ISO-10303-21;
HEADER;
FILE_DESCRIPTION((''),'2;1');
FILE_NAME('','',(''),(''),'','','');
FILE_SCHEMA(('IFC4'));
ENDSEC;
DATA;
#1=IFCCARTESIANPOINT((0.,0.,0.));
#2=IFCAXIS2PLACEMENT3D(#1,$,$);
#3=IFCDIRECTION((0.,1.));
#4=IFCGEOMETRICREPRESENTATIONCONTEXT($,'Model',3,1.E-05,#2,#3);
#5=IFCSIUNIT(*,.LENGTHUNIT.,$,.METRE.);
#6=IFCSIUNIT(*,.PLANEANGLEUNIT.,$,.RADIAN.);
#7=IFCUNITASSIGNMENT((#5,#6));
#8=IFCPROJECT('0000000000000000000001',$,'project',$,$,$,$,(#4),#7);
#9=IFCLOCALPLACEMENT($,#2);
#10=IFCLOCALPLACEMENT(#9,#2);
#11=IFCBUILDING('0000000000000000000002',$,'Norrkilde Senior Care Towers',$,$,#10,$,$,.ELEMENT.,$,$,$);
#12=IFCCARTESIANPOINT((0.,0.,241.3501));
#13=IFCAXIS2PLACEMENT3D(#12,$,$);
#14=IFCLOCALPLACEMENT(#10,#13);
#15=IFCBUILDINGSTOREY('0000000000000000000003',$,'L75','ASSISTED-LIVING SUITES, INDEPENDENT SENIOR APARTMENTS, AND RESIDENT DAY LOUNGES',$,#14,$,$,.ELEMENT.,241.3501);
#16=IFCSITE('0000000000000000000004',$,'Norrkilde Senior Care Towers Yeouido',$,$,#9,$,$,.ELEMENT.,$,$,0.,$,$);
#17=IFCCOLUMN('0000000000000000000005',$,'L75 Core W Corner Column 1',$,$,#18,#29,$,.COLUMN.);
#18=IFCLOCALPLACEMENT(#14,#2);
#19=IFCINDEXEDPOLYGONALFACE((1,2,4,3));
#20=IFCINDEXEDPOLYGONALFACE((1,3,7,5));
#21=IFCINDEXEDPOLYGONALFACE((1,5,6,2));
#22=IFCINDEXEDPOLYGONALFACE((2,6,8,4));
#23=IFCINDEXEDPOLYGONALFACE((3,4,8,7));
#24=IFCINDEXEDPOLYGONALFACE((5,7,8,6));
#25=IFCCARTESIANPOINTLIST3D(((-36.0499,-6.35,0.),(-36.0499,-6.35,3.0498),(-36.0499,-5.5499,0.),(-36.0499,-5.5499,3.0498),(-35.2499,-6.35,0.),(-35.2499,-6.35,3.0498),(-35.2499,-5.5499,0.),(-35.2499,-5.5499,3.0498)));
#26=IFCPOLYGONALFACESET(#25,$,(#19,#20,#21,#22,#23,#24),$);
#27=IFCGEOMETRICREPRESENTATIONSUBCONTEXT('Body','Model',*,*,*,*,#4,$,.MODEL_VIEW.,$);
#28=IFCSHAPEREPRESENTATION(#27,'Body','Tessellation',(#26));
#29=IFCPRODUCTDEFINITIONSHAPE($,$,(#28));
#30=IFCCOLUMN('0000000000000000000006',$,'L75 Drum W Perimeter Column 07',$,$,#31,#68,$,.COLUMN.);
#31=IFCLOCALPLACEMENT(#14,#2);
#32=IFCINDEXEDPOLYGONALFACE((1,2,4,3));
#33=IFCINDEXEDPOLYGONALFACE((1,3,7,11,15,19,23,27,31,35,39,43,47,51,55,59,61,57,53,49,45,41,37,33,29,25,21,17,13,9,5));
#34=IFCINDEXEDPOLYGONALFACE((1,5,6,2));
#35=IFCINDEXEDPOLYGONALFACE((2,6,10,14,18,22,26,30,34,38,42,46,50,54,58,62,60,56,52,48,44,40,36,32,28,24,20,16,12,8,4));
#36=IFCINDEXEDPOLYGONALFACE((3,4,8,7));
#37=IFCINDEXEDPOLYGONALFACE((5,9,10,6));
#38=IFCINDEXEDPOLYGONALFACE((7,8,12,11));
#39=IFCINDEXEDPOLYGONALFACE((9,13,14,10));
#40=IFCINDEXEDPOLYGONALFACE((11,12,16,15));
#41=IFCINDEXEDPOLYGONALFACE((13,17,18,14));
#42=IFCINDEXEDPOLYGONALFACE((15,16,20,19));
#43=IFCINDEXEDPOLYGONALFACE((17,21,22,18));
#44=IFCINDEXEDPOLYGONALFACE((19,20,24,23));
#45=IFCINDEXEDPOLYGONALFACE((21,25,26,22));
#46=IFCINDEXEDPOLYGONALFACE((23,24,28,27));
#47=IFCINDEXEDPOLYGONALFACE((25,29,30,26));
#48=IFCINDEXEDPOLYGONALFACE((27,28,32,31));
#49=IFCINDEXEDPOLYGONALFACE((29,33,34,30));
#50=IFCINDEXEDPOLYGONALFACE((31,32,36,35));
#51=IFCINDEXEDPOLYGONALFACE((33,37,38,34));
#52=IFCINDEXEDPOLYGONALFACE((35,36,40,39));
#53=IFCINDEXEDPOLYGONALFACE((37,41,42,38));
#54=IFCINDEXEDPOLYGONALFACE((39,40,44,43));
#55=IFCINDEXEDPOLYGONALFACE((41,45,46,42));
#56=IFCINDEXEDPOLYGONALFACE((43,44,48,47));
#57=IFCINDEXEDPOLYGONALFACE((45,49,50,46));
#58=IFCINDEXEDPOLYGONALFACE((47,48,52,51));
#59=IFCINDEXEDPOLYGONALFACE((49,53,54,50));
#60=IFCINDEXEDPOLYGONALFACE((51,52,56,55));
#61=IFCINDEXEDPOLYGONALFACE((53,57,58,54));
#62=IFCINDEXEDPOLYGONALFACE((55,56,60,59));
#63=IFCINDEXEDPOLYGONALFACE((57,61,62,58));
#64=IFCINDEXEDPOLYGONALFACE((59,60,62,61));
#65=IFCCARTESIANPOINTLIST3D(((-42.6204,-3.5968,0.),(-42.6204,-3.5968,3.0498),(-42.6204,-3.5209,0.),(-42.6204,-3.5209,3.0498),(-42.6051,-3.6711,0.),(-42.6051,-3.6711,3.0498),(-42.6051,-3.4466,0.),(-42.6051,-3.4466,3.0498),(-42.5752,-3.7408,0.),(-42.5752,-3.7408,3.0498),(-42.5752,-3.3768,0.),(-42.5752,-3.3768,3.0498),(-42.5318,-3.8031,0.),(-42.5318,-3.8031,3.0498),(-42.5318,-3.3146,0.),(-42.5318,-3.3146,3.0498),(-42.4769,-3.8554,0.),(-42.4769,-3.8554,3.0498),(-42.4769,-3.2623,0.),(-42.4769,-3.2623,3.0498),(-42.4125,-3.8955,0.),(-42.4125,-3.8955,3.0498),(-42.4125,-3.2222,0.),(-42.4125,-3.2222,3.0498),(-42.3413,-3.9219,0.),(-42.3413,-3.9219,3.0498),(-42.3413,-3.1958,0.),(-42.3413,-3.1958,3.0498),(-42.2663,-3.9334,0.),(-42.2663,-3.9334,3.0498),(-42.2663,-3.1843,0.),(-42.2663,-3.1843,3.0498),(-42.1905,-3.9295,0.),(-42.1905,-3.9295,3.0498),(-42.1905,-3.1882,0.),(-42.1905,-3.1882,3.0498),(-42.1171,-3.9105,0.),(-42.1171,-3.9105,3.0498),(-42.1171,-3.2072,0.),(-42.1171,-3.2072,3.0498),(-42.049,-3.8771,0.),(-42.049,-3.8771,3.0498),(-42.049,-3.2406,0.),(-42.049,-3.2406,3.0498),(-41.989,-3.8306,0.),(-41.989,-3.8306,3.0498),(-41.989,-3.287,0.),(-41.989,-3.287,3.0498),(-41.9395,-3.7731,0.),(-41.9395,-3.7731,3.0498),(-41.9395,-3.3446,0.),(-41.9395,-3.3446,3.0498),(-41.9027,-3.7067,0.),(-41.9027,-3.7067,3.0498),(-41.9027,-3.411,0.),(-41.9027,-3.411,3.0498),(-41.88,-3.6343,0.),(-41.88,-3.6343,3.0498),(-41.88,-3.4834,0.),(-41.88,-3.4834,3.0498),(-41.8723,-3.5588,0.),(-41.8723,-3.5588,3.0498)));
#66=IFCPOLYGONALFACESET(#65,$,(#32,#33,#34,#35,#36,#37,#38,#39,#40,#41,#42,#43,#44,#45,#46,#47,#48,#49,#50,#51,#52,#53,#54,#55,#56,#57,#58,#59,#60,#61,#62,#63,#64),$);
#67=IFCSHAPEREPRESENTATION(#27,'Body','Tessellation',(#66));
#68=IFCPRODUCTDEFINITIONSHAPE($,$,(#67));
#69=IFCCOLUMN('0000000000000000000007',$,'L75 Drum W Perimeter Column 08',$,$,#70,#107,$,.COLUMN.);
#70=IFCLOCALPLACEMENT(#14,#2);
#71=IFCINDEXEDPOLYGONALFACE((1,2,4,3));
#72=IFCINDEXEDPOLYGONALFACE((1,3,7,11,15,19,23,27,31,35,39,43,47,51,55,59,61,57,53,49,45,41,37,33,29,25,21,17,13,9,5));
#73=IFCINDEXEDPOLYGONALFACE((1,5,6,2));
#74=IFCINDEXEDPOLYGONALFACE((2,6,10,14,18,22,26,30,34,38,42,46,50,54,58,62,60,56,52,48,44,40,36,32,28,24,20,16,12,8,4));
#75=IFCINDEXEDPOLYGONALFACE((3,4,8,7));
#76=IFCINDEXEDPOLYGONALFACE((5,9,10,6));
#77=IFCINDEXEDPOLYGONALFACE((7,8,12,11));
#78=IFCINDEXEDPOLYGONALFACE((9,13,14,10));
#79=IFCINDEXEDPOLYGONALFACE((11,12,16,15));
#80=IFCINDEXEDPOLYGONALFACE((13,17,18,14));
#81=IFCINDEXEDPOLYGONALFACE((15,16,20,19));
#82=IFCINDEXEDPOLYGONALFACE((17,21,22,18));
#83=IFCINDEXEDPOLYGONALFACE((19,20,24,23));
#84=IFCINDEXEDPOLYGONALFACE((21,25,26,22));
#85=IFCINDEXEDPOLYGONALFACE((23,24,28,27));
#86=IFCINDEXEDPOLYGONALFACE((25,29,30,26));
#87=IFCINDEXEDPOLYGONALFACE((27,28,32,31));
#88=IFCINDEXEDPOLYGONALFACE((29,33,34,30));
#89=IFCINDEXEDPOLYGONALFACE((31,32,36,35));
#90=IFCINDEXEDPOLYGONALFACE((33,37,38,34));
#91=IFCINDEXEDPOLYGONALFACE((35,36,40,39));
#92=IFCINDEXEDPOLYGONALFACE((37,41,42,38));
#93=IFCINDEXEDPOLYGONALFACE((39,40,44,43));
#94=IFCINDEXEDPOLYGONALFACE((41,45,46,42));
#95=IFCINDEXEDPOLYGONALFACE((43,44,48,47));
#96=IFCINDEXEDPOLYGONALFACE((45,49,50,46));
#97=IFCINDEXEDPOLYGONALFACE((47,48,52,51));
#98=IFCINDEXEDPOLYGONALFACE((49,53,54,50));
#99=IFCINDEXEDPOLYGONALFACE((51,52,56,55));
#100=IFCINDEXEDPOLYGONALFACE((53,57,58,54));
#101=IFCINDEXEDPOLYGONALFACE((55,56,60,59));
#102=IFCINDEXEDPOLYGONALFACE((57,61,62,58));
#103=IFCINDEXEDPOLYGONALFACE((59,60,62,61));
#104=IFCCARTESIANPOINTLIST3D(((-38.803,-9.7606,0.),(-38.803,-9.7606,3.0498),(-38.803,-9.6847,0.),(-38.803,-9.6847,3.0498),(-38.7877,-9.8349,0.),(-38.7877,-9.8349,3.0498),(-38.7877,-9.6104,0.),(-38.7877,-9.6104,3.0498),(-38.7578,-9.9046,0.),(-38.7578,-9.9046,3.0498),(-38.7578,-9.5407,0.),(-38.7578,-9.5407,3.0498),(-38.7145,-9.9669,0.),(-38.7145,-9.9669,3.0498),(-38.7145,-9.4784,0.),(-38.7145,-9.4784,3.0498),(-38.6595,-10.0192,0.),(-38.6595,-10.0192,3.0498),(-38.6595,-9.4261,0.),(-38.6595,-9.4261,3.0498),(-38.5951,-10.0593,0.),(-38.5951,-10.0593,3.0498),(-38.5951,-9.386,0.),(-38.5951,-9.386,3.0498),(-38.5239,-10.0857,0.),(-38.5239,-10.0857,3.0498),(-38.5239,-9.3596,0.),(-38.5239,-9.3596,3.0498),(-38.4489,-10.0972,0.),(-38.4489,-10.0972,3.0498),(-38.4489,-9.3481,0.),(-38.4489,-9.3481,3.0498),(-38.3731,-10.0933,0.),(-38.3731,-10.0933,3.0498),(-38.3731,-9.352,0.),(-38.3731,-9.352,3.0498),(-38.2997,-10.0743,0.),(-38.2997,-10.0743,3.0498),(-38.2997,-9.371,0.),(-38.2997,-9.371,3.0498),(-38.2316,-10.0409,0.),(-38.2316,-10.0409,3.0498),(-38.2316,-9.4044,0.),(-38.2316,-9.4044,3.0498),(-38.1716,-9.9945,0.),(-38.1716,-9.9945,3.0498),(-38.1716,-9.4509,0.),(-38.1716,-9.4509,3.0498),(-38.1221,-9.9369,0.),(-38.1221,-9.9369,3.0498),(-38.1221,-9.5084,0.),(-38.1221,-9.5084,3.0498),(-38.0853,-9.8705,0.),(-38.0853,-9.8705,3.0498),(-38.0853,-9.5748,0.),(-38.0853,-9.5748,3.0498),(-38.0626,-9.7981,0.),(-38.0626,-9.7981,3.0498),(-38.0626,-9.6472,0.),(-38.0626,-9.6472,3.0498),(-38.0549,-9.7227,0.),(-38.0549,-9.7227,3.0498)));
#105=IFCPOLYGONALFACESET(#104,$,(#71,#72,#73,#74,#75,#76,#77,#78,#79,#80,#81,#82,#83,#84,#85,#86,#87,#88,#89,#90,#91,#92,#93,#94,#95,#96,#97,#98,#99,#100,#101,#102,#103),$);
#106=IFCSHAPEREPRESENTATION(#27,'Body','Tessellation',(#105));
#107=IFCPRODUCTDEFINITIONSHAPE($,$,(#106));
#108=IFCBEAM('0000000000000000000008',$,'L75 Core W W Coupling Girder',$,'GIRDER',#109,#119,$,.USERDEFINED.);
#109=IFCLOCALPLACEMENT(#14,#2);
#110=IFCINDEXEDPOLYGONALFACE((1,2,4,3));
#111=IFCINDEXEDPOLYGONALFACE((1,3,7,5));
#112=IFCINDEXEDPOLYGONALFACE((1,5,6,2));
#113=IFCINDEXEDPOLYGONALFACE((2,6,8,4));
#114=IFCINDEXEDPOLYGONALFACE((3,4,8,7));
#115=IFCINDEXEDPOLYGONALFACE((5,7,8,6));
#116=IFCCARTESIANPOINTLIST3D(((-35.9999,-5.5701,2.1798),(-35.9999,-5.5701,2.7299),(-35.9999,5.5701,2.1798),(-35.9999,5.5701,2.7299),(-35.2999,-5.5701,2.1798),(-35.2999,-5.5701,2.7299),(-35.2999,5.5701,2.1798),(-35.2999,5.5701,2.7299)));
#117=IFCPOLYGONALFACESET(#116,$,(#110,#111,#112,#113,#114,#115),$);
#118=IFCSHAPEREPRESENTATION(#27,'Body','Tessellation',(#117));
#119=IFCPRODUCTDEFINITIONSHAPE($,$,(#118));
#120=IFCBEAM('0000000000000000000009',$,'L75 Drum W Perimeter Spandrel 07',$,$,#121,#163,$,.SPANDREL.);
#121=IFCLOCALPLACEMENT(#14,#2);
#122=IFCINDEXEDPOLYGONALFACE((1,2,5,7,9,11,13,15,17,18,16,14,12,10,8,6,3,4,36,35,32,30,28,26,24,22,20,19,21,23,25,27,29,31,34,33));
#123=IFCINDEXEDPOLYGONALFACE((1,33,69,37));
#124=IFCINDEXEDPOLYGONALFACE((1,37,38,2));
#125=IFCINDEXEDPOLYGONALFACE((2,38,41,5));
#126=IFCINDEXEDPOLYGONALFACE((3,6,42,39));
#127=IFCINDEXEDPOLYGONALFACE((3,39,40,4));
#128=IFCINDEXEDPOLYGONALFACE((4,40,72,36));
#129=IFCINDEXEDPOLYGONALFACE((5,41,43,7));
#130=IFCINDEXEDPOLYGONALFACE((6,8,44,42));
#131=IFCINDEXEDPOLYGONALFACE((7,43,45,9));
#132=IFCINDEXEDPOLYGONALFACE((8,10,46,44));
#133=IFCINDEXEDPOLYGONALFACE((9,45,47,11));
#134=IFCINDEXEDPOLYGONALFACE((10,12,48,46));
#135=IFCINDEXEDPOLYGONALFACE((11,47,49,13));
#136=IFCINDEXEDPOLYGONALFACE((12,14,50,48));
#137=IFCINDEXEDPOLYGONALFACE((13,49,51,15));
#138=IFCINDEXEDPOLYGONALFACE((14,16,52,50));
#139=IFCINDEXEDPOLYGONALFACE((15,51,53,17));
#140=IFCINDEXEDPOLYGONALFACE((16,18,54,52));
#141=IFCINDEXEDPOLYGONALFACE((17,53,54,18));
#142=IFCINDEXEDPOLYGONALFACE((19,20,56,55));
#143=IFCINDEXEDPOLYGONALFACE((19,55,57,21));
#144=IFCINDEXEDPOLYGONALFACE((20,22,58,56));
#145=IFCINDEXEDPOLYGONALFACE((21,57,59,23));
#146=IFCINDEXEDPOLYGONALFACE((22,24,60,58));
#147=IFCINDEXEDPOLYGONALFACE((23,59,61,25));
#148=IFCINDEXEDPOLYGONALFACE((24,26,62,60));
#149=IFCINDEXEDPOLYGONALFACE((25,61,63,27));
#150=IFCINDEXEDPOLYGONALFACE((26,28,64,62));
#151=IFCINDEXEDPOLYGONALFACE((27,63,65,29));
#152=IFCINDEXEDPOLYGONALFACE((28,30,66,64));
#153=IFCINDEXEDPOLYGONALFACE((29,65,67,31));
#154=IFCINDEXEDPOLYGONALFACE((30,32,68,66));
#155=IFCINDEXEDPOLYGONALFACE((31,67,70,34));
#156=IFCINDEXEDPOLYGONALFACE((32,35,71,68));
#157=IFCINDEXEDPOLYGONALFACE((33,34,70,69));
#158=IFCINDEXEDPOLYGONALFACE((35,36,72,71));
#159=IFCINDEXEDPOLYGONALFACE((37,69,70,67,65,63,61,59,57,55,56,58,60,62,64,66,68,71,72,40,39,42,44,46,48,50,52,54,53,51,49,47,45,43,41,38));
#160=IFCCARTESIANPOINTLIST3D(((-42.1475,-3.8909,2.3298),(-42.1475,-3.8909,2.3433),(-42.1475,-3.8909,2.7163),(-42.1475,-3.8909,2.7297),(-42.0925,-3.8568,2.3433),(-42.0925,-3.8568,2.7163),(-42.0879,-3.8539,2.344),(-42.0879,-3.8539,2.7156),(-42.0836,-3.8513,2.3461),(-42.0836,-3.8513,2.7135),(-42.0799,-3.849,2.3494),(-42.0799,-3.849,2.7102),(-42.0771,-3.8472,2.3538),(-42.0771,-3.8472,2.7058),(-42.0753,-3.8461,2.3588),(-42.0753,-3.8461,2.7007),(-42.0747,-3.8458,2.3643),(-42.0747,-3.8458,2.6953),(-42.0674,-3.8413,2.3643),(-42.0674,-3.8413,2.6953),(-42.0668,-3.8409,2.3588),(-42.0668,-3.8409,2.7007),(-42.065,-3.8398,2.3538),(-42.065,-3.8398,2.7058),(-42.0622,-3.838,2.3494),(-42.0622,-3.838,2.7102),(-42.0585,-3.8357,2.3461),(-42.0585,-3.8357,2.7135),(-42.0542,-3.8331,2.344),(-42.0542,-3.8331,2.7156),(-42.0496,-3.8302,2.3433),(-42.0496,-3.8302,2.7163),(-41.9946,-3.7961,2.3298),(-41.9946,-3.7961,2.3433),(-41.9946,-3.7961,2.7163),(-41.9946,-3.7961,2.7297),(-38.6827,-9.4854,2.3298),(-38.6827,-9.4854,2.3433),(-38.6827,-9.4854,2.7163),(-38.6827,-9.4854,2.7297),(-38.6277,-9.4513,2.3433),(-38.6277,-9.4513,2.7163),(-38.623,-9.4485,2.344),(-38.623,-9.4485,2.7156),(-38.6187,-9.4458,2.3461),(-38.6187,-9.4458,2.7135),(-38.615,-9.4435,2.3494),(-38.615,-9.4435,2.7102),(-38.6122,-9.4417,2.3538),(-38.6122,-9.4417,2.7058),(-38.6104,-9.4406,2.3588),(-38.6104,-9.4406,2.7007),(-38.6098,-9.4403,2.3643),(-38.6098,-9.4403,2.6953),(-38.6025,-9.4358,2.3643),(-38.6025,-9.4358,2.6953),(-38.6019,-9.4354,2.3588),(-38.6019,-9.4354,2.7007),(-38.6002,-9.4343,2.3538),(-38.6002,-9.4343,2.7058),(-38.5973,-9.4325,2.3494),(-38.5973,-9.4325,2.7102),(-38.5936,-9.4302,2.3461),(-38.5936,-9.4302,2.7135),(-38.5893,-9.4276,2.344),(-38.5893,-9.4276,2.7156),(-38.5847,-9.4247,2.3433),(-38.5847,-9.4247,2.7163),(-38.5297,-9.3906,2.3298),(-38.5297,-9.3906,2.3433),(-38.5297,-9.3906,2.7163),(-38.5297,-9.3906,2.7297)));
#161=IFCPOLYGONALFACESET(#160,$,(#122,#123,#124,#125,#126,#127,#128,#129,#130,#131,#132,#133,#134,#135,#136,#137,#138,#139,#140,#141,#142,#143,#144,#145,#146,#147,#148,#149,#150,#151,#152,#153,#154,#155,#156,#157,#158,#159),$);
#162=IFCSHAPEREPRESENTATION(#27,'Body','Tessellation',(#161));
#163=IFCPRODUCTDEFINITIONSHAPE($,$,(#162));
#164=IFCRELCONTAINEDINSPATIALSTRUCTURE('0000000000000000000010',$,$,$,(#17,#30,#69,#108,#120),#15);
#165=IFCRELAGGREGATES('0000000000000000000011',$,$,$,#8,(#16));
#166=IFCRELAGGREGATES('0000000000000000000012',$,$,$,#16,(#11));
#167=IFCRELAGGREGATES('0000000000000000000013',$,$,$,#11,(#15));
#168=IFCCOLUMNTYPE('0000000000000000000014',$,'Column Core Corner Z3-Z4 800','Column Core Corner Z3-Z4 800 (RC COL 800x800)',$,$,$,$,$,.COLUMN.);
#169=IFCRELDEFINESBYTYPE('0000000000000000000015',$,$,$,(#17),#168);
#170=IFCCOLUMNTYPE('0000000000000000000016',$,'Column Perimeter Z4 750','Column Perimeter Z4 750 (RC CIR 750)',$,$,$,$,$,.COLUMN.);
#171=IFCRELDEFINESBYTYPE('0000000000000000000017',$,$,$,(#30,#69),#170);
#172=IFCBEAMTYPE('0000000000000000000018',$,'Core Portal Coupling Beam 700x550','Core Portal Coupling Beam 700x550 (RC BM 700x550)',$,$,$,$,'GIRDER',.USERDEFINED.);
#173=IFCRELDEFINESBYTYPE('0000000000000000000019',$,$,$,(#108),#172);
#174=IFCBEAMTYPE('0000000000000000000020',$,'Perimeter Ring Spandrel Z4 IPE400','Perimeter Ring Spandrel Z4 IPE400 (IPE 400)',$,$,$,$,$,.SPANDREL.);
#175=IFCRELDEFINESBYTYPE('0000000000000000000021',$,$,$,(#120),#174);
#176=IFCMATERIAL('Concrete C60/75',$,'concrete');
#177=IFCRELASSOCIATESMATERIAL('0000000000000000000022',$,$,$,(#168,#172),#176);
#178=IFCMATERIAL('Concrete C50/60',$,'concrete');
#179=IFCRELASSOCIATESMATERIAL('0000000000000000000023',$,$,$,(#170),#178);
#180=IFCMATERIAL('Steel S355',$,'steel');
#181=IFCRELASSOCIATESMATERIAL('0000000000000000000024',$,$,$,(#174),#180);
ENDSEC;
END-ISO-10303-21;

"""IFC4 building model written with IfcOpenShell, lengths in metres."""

from ifc_helpers import new_model, si_unit, direction, frame, origin, origin_2d, place, context, subcontext, project, spatial, rectangle, circle, i_section, extrude, source, transform, mapped, material, material_profile, profile_set, type_object, type_shapes, element, save


model = new_model("IFC4")

# Units and contexts
model_context = context("Model", 3, precision=1e-05, world=origin(), true_north=direction((0.0, 1.0)))
body_context = subcontext(model_context, "Body", "Model", "MODEL_VIEW")
ifc_project = project(units=[si_unit("LENGTHUNIT", "METRE"), si_unit("PLANEANGLEUNIT", "RADIAN")], contexts=[model_context])

# Site, building, storey
site_placement = place(None, origin())
site = spatial("IfcSite", under=ifc_project, at=site_placement, Name="Norrkilde Senior Care Towers Yeouido", CompositionType="ELEMENT", RefElevation=0.0)
building_placement = place(site_placement, origin())
building = spatial("IfcBuilding", under=site, at=building_placement, Name="Norrkilde Senior Care Towers", CompositionType="ELEMENT")
storey_placement = place(building_placement, frame((0.0, 0.0, 241.3501)))
storey = spatial("IfcBuildingStorey", under=building, at=storey_placement, Name="L75", Description="ASSISTED-LIVING SUITES, INDEPENDENT SENIOR APARTMENTS, AND RESIDENT DAY LOUNGES", CompositionType="ELEMENT", Elevation=241.3501)

# Columns
ifc_material_1 = material(Name="Concrete C60/75", Category="concrete")
ifc_material_profile_1 = material_profile(ifc_material_1, rectangle(XDim=0.8, YDim=0.8, at=origin_2d()), Name="RC COL 800x800")
ifc_profile_set_1 = profile_set([ifc_material_profile_1], Name="Concrete C60/75")
column_type_1 = type_object("IfcColumnType", Name="Column Core Corner Z3-Z4 800", Description="Column Core Corner Z3-Z4 800 (RC COL 800x800)", PredefinedType="COLUMN", material=ifc_profile_set_1)
shared_shape_1 = source(origin(), body_context, "Body", "SweptSolid", [
    extrude(rectangle(XDim=0.8, YDim=0.8, at=origin_2d()), origin(), (0.0, 0.0, 1.0), 3.0498),
])
type_shapes(column_type_1, [shared_shape_1])
column_placement = place(storey_placement, frame((-35.6499, -5.95, 0.0), z_axis=(0.0, 0.0, 1.0), x_axis=(1.0, 0.0, 0.0)))
element("IfcColumn", 1, at=column_placement, inside=storey, type_object=column_type_1, Name="L75 Core W Corner Column 1", PredefinedType="COLUMN", context=body_context, shape_type="MappedRepresentation", body=[
    mapped(shared_shape_1, transform((0.0, 0.0, 0.0), x_axis=(1.0, 0.0, 0.0), y_axis=(0.0, 1.0, 0.0), z_axis=(0.0, 0.0, 1.0), scale=1.0)),
])
ifc_material_2 = material(Name="Concrete C50/60", Category="concrete")
ifc_material_profile_2 = material_profile(ifc_material_2, circle(Radius=0.375, at=origin_2d()), Name="RC CIR 750")
ifc_profile_set_2 = profile_set([ifc_material_profile_2], Name="Concrete C50/60")
column_type_2 = type_object("IfcColumnType", Name="Column Perimeter Z4 750", Description="Column Perimeter Z4 750 (RC CIR 750)", PredefinedType="COLUMN", material=ifc_profile_set_2)
shared_shape_2 = source(origin(), body_context, "Body", "SweptSolid", [
    extrude(circle(Radius=0.375, at=origin_2d()), origin(), (0.0, 0.0, 1.0), 3.0498),
])
type_shapes(column_type_2, [shared_shape_2])
for number, where, z_axis, x_axis, name in (
    (2, (-42.2473, -3.5588, 0.0), (0.0, 0.0, 1.0), (1.0, 0.0, 0.0), "L75 Drum W Perimeter Column 07"),
    (3, (-38.4299, -9.7227, 0.0), (0.0, 0.0, 1.0), (1.0, 0.0, 0.0), "L75 Drum W Perimeter Column 08"),
):
    element("IfcColumn", number, at=place(storey_placement, frame(where, z_axis=z_axis, x_axis=x_axis)), inside=storey, type_object=column_type_2, Name=name, PredefinedType="COLUMN", context=body_context, shape_type="MappedRepresentation", body=[
        mapped(shared_shape_2, transform((0.0, 0.0, 0.0), x_axis=(1.0, 0.0, 0.0), y_axis=(0.0, 1.0, 0.0), z_axis=(0.0, 0.0, 1.0), scale=1.0)),
    ])

# Beams
ifc_material_profile_3 = material_profile(ifc_material_1, rectangle(XDim=0.7, YDim=0.55, at=origin_2d()), Name="RC BM 700x550")
ifc_profile_set_3 = profile_set([ifc_material_profile_3], Name="Concrete C60/75")
beam_type_1 = type_object("IfcBeamType", Name="Core Portal Coupling Beam 700x550", Description="Core Portal Coupling Beam 700x550 (RC BM 700x550)", ElementType="GIRDER", PredefinedType="USERDEFINED", material=ifc_profile_set_3)
shared_shape_3 = source(origin(), body_context, "Body", "SweptSolid", [
    extrude(rectangle(XDim=0.7, YDim=0.55, at=origin_2d()), origin(), (0.0, 0.0, 1.0), 11.1401),
])
type_shapes(beam_type_1, [shared_shape_3])
beam_1_placement = place(storey_placement, frame((-35.6499, -5.5701, 2.4548), z_axis=(0.0, 1.0, 0.0), x_axis=(-1.0, 0.0, 0.0)))
element("IfcBeam", 4, at=beam_1_placement, inside=storey, type_object=beam_type_1, Name="L75 Core W W Coupling Girder", ObjectType="GIRDER", PredefinedType="USERDEFINED", context=body_context, shape_type="MappedRepresentation", body=[
    mapped(shared_shape_3, transform((0.0, 0.0, 0.0), x_axis=(1.0, 0.0, 0.0), y_axis=(0.0, 1.0, 0.0), z_axis=(0.0, 0.0, 1.0), scale=1.0)),
])
ifc_material_3 = material(Name="Steel S355", Category="steel")
ifc_material_profile_4 = material_profile(ifc_material_3, i_section(OverallWidth=0.1799, OverallDepth=0.3999, WebThickness=0.0085, FlangeThickness=0.0134, FilletRadius=0.021, at=origin_2d()), Name="IPE 400")
ifc_profile_set_4 = profile_set([ifc_material_profile_4], Name="Steel S355")
beam_type_2 = type_object("IfcBeamType", Name="Perimeter Ring Spandrel Z4 IPE400", Description="Perimeter Ring Spandrel Z4 IPE400 (IPE 400)", PredefinedType="SPANDREL", material=ifc_profile_set_4)
shared_shape_4 = source(origin(), body_context, "Body", "SweptSolid", [
    extrude(i_section(OverallWidth=0.1799, OverallDepth=0.3999, WebThickness=0.0085, FlangeThickness=0.0134, FilletRadius=0.021, at=origin_2d()), origin(), (0.0, 0.0, 1.0), 6.5806),
])
beam_2_placement = place(storey_placement, frame((-42.071, -3.8435, 2.5298), z_axis=(0.52653, -0.850157, 0.0), x_axis=(0.850157, 0.52653, 0.0)))
element("IfcBeam", 5, at=beam_2_placement, inside=storey, type_object=beam_type_2, Name="L75 Drum W Perimeter Spandrel 07", PredefinedType="SPANDREL", context=body_context, shape_type="MappedRepresentation", body=[
    mapped(shared_shape_4, transform((0.0, 0.0, 0.0), x_axis=(1.0, 0.0, 0.0), y_axis=(0.0, 1.0, 0.0), z_axis=(0.0, 0.0, 1.0), scale=1.0)),
])

save(model, "model.ifc")
